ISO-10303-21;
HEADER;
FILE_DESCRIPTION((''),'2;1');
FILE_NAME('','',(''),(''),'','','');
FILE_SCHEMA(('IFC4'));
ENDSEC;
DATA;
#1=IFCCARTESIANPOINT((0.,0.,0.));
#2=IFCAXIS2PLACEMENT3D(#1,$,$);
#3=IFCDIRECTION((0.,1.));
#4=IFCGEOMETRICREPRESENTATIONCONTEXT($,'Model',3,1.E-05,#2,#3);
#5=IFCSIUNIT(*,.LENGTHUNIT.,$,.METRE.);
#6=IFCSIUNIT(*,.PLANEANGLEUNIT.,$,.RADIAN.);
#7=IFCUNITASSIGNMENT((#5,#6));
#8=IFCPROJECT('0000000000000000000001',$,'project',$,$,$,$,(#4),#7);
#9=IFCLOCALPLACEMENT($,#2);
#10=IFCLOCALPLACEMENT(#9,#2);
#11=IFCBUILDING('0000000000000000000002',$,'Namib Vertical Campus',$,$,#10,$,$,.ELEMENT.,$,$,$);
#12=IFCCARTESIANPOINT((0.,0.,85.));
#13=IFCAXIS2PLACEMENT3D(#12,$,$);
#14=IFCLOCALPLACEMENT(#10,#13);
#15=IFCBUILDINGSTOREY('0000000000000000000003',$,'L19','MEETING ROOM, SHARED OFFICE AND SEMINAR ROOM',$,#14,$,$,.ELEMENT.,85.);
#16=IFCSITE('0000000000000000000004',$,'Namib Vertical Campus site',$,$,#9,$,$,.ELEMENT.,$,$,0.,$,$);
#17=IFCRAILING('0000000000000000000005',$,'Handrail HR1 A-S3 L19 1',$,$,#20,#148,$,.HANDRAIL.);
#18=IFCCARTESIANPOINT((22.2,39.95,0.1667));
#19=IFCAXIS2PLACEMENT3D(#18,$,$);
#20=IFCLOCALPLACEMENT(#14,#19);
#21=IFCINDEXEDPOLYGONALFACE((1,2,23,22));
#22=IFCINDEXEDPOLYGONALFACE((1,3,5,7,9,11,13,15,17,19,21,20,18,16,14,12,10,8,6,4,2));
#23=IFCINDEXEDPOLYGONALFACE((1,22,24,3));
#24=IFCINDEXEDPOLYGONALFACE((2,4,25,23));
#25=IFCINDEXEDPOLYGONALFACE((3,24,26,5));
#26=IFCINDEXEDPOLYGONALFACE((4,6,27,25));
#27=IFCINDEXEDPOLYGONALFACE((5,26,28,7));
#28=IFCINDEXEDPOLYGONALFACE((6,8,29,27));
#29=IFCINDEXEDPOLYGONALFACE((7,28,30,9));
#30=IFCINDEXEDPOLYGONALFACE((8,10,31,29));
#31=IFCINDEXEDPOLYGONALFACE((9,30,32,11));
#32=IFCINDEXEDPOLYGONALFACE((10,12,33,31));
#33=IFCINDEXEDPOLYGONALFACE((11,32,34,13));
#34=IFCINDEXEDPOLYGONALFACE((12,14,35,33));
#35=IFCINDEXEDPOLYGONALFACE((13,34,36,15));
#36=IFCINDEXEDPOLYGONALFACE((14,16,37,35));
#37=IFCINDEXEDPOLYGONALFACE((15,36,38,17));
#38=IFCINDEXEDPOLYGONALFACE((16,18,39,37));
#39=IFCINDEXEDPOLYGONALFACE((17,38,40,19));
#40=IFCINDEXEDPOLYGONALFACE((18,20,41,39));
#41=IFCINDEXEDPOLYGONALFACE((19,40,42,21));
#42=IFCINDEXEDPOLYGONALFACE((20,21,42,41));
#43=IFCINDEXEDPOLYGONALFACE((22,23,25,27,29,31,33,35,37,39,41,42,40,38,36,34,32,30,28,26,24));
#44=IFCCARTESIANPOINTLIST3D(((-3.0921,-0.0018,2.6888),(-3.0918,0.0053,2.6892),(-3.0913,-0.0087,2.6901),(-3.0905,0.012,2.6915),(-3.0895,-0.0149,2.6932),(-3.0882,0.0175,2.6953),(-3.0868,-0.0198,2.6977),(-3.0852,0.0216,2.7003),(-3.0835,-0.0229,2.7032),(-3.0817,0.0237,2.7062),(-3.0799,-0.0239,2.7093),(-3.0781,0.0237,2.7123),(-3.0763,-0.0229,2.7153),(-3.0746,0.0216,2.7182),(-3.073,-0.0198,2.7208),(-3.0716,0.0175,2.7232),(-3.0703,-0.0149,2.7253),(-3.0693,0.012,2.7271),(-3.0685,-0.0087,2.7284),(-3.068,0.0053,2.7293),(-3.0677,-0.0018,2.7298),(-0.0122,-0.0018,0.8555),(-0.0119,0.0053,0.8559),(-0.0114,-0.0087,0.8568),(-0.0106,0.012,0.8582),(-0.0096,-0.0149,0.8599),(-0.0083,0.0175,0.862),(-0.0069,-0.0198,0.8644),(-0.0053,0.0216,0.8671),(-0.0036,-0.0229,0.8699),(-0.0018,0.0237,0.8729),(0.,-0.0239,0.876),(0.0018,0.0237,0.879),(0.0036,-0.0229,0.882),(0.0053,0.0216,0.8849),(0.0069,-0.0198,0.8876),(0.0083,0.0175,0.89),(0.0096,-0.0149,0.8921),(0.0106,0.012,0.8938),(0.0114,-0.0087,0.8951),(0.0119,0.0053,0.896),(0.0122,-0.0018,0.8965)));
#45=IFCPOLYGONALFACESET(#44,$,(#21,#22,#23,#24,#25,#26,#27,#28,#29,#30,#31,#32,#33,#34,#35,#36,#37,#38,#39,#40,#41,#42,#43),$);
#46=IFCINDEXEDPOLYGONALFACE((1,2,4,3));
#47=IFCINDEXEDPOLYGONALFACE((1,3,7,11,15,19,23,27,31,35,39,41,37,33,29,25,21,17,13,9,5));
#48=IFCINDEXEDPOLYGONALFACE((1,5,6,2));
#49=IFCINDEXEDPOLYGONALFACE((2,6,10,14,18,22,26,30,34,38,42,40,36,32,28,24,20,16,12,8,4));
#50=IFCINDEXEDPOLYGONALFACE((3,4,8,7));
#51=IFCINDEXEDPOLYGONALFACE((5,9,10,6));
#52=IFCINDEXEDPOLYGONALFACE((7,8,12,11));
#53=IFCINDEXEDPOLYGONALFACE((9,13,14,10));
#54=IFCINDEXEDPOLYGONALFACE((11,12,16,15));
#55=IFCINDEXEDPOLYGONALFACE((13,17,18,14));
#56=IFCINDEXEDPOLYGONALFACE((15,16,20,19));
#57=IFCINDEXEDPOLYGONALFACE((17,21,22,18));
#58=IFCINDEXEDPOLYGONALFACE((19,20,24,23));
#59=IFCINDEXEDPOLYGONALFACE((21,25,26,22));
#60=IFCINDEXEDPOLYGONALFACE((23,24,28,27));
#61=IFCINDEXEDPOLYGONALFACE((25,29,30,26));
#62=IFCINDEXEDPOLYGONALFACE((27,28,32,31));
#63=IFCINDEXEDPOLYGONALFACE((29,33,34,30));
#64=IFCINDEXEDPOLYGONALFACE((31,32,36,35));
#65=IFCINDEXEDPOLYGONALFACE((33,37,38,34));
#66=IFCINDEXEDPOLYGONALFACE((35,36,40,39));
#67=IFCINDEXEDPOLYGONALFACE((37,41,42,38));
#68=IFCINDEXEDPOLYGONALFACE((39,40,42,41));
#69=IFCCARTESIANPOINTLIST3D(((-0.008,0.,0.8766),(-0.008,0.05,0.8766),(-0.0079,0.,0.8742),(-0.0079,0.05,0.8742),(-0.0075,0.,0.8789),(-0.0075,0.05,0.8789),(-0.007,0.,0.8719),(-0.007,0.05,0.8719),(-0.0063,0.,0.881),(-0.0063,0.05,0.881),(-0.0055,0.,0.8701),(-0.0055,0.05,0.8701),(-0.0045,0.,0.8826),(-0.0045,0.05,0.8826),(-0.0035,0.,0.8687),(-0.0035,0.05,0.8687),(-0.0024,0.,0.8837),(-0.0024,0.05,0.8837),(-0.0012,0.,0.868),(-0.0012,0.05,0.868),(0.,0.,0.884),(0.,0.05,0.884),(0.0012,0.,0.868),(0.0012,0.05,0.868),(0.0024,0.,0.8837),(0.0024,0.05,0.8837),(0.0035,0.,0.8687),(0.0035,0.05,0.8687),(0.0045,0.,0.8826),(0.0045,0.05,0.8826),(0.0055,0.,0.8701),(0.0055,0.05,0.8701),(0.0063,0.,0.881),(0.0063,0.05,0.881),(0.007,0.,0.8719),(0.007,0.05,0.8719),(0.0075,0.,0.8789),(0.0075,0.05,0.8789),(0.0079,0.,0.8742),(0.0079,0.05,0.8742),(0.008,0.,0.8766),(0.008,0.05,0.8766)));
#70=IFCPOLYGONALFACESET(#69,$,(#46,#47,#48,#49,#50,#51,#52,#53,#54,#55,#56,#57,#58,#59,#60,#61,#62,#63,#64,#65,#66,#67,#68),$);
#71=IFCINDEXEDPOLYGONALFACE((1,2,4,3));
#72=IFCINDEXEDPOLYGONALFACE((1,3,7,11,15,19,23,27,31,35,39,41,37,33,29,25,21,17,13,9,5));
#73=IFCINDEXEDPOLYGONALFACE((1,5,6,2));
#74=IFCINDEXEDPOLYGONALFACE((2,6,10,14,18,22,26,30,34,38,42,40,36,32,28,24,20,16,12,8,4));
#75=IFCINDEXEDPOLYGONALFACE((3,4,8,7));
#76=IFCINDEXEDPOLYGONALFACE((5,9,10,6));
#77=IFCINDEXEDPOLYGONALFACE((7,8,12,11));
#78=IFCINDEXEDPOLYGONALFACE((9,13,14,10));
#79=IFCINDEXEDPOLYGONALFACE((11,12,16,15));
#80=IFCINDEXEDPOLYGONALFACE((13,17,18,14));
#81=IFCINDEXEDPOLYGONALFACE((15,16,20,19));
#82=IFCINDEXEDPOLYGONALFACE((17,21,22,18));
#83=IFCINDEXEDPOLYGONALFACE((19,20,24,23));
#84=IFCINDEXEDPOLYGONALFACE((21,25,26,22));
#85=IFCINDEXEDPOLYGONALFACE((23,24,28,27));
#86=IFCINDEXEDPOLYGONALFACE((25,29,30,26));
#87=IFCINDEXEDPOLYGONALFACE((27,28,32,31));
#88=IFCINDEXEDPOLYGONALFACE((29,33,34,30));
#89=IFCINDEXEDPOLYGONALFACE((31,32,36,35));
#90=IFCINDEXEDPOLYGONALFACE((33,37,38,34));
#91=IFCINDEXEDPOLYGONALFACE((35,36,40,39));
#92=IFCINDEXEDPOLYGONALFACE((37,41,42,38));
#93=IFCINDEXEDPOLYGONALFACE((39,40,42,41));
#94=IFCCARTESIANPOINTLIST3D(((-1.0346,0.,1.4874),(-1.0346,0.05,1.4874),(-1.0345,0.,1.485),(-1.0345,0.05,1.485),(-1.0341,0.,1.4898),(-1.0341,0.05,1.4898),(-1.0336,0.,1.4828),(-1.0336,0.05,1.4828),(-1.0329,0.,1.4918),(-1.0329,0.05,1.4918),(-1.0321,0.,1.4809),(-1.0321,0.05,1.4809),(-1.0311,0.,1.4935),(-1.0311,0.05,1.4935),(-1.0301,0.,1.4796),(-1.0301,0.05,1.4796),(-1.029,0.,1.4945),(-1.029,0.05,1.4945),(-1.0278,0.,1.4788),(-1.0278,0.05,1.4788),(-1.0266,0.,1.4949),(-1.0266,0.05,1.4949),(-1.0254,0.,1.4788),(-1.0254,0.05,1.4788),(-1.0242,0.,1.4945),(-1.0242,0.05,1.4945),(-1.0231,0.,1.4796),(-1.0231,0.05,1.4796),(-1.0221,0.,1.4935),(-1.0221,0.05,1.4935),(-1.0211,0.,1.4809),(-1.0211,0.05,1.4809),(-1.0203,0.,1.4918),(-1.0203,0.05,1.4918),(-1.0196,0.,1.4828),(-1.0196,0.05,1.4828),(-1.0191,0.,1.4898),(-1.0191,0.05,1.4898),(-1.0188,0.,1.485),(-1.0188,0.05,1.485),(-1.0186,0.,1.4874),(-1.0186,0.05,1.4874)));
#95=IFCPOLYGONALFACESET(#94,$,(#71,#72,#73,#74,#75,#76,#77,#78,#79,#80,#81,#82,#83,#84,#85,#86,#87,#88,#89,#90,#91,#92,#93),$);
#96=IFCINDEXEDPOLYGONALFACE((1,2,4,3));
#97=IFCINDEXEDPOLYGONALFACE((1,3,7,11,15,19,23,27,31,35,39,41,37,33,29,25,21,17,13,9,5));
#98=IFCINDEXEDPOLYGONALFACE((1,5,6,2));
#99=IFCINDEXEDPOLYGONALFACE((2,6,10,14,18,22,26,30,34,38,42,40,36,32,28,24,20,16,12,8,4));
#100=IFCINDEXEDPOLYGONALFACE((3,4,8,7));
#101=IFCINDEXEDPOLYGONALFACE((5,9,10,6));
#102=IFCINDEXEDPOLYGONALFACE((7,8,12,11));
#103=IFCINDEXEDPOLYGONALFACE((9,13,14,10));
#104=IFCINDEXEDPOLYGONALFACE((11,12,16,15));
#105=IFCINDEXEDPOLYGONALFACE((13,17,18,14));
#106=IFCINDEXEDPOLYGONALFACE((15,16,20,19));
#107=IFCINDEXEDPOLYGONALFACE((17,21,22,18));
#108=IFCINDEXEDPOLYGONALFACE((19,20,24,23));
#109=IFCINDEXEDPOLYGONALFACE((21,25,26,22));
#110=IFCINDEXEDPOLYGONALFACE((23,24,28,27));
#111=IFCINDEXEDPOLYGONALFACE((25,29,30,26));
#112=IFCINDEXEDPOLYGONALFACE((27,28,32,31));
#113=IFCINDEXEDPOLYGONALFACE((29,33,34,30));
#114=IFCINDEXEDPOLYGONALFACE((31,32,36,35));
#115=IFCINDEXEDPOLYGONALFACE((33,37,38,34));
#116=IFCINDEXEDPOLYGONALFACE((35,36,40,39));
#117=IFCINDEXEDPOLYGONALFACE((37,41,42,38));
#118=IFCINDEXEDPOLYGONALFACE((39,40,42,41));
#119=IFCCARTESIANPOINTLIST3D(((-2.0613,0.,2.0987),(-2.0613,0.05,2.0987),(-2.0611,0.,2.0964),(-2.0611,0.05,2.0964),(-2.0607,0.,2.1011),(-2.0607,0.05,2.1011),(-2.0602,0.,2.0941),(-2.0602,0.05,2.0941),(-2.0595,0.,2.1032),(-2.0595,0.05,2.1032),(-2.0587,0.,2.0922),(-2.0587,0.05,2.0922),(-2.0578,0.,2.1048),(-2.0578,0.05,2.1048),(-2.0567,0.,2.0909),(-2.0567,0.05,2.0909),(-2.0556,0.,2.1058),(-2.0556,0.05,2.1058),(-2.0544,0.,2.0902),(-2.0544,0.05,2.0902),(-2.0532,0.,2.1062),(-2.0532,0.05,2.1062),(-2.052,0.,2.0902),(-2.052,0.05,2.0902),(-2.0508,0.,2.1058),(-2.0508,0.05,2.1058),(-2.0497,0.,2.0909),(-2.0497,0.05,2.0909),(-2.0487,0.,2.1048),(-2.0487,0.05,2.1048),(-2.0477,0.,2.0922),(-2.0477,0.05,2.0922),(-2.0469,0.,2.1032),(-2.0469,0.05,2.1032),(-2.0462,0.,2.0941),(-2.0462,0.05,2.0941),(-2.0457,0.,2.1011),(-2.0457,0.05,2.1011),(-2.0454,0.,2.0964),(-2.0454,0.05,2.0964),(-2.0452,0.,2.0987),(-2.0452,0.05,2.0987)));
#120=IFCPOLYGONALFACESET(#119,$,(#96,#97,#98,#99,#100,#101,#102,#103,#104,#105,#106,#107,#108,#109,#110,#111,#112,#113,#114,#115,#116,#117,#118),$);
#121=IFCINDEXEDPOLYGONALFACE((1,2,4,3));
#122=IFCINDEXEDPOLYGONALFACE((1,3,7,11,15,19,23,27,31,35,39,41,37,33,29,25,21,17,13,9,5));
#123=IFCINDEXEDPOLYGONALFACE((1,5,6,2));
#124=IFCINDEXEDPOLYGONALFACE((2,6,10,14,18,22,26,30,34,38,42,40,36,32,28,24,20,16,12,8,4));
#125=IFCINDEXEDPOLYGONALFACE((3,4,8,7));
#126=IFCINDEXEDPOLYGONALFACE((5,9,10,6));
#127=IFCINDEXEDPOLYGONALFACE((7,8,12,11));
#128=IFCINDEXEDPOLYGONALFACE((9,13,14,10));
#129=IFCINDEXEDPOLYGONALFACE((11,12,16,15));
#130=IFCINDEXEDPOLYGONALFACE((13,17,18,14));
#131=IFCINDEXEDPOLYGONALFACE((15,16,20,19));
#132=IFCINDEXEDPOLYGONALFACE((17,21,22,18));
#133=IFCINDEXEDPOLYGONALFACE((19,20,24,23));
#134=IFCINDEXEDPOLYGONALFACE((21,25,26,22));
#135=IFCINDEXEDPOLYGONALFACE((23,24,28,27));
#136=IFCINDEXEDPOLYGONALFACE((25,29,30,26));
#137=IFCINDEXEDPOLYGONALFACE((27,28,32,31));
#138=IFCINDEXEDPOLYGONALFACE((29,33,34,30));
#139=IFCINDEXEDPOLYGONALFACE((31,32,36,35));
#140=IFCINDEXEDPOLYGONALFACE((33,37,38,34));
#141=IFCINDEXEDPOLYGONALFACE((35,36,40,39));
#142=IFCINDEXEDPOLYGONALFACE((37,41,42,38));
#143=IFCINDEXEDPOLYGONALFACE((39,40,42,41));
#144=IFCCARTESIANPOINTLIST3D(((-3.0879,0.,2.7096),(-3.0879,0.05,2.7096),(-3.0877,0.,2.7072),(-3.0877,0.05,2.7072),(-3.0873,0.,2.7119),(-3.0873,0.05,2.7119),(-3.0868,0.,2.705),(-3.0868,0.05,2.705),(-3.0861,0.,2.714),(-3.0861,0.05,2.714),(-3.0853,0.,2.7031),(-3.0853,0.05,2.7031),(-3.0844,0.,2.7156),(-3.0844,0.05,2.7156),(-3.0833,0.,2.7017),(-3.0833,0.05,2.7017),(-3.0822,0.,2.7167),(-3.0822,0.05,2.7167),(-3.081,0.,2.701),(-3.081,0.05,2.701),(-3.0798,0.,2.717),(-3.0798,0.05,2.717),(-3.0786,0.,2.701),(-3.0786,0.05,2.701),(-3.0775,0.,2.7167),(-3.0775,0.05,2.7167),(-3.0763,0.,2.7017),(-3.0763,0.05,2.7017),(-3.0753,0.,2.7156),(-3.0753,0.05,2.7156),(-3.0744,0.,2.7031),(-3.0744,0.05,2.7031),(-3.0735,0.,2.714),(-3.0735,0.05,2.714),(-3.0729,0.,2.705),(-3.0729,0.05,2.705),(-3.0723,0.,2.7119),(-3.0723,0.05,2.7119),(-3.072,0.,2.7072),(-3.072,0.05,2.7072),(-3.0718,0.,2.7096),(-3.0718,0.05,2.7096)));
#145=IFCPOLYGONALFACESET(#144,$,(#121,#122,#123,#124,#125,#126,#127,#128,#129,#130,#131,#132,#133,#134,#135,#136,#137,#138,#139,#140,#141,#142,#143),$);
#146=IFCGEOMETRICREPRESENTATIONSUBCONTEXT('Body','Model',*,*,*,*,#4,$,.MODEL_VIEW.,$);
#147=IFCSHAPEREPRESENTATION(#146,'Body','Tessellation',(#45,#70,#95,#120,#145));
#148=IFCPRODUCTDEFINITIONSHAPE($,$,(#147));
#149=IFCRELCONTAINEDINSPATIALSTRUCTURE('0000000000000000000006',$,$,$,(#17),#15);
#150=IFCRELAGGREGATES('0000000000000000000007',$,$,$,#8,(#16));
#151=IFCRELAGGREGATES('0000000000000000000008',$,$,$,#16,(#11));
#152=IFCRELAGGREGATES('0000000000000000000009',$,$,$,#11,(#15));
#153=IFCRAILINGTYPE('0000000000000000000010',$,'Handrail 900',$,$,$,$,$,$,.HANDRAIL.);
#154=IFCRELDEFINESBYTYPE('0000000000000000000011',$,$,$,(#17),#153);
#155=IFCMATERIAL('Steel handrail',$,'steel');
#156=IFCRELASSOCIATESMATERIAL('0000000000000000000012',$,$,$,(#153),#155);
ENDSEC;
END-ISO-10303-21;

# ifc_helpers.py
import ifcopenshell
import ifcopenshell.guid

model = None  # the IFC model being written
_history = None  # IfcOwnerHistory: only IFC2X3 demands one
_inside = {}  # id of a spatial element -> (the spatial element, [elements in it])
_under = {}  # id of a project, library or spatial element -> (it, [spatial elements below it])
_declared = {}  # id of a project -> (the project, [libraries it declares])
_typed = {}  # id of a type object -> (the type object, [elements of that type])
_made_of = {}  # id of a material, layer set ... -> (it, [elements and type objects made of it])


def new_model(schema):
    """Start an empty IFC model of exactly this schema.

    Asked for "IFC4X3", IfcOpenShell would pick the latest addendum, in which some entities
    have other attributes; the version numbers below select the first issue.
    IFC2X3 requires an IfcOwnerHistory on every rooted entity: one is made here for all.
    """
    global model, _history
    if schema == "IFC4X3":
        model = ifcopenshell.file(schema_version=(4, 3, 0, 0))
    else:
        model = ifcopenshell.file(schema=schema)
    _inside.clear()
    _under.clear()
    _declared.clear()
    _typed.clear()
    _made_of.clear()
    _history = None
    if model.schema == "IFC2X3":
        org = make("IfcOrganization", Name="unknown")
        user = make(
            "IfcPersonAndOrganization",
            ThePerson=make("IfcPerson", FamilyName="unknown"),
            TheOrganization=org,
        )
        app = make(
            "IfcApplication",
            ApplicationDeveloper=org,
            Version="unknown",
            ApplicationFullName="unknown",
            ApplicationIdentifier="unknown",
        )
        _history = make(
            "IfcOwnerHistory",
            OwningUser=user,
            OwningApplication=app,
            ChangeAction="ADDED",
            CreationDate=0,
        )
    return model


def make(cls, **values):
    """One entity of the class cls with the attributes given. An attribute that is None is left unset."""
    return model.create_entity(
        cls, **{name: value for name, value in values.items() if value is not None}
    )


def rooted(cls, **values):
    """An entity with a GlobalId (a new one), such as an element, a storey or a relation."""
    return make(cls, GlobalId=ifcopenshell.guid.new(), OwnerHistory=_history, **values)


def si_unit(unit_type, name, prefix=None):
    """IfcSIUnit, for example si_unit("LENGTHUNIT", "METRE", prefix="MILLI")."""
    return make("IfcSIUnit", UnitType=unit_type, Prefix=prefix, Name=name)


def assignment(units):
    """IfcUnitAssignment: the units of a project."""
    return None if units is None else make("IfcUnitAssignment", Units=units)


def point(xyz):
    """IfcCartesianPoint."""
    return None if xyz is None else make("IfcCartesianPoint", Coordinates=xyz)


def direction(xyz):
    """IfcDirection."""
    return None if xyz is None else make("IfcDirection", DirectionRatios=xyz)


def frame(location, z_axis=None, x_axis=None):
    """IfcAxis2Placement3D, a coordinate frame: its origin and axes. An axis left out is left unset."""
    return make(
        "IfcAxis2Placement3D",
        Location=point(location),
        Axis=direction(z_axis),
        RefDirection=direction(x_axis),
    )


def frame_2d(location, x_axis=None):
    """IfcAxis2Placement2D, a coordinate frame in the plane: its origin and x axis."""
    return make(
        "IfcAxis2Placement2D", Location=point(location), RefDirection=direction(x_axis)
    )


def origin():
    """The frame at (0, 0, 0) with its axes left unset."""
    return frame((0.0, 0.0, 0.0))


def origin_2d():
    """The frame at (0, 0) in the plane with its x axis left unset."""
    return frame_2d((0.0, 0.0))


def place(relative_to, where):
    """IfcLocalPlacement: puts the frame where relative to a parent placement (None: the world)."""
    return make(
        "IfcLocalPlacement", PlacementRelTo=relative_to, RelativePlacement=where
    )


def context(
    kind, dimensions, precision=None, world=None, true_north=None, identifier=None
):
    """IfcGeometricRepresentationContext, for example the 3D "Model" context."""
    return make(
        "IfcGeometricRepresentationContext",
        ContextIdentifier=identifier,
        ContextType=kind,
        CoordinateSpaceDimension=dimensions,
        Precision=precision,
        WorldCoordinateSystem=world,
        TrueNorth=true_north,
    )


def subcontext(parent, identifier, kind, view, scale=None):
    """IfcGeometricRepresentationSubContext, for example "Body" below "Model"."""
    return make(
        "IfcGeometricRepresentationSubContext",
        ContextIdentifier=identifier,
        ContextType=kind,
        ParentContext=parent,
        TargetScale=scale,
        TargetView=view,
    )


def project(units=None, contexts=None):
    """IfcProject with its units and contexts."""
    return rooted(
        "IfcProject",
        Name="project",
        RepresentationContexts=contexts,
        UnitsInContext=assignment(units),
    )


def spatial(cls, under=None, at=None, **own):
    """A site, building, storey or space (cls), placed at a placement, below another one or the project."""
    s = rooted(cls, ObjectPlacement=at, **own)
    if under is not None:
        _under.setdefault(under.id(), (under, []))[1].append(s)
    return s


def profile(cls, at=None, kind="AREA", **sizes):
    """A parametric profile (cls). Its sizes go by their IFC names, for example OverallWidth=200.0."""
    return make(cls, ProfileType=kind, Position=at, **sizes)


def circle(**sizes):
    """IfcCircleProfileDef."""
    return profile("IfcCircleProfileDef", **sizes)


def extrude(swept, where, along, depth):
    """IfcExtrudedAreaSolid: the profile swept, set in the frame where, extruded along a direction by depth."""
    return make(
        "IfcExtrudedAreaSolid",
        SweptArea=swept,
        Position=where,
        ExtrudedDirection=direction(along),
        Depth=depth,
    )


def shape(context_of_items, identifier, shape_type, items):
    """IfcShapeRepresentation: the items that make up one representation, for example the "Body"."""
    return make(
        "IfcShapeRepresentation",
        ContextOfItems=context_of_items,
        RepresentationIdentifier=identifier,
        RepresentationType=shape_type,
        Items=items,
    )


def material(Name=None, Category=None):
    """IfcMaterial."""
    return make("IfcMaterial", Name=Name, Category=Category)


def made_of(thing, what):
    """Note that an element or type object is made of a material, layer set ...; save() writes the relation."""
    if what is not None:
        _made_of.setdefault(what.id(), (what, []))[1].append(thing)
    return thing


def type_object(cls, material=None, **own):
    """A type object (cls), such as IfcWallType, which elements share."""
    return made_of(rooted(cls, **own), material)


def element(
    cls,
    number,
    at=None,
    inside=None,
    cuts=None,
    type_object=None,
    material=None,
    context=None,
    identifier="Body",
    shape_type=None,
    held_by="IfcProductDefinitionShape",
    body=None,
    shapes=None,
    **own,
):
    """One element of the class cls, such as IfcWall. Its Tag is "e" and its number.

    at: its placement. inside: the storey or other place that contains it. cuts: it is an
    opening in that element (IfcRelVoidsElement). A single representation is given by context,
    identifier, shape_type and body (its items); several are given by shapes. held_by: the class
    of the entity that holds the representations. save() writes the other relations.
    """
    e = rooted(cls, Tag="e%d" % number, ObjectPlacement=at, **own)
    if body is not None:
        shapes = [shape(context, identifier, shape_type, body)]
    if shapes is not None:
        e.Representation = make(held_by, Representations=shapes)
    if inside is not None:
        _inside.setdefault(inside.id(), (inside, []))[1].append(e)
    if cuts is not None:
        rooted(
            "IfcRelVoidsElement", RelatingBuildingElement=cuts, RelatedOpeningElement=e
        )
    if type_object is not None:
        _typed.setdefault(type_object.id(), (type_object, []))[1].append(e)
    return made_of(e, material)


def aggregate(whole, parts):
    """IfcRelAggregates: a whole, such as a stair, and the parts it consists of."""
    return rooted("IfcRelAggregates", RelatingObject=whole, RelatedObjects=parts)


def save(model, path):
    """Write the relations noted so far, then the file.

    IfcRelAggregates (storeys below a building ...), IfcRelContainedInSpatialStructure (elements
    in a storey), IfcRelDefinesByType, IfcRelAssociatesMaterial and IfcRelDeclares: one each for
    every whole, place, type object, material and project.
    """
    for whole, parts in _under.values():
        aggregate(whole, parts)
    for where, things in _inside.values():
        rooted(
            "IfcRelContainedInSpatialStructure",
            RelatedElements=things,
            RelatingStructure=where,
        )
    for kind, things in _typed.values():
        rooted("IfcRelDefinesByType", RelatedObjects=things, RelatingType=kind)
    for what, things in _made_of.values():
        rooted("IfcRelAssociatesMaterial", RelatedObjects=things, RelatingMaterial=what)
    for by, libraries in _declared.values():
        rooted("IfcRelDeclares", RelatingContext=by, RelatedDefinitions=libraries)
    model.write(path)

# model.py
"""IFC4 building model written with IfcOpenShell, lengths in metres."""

from ifc_helpers import new_model, si_unit, direction, frame, origin, origin_2d, place, context, subcontext, project, spatial, circle, extrude, material, type_object, element, save


model = new_model("IFC4")

# Units and contexts
model_context = context("Model", 3, precision=1e-05, world=origin(), true_north=direction((0.0, 1.0)))
body_context = subcontext(model_context, "Body", "Model", "MODEL_VIEW")
ifc_project = project(units=[si_unit("LENGTHUNIT", "METRE"), si_unit("PLANEANGLEUNIT", "RADIAN")], contexts=[model_context])

# Site, building, storey
site_placement = place(None, origin())
site = spatial("IfcSite", under=ifc_project, at=site_placement, Name="Namib Vertical Campus site", CompositionType="ELEMENT", RefElevation=0.0)
building_placement = place(site_placement, origin())
building = spatial("IfcBuilding", under=site, at=building_placement, Name="Namib Vertical Campus", CompositionType="ELEMENT")
storey_placement = place(building_placement, frame((0.0, 0.0, 85.0)))
storey = spatial("IfcBuildingStorey", under=building, at=storey_placement, Name="L19", Description="MEETING ROOM, SHARED OFFICE AND SEMINAR ROOM", CompositionType="ELEMENT", Elevation=85.0)

# Railing
ifc_material_1 = material(Name="Steel handrail", Category="steel")
railing_type_1 = type_object("IfcRailingType", Name="Handrail 900", PredefinedType="HANDRAIL", material=ifc_material_1)
railing_1_placement = place(storey_placement, frame((22.2, 39.95, 0.1667)))
element("IfcRailing", 1, at=railing_1_placement, inside=storey, type_object=railing_type_1, Name="Handrail HR1 A-S3 L19 1", PredefinedType="HANDRAIL", context=body_context, shape_type="SweptSolid", body=[
    extrude(circle(Radius=0.0239, at=origin_2d()), frame((0.0, 0.0, 0.876), z_axis=(-0.859291, 0.0, 0.511487), x_axis=(0.0, -1.0, 0.0)), (0.0, 0.0, 1.0), 3.5842),
    extrude(circle(Radius=0.0081, at=origin_2d()), frame((0.0, 0.0, 0.876), z_axis=(0.0, 1.0, 0.0), x_axis=(0.0, 0.0, 1.0)), (0.0, 0.0, 1.0), 0.05),
    extrude(circle(Radius=0.0081, at=origin_2d()), frame((-1.0266, 0.0, 1.4868), z_axis=(0.0, 1.0, 0.0), x_axis=(0.0, 0.0, 1.0)), (0.0, 0.0, 1.0), 0.05),
    extrude(circle(Radius=0.0081, at=origin_2d()), frame((-2.0532, 0.0, 2.0981), z_axis=(0.0, 1.0, 0.0), x_axis=(0.0, 0.0, 1.0)), (0.0, 0.0, 1.0), 0.05),
    extrude(circle(Radius=0.0081, at=origin_2d()), frame((-3.0798, 0.0, 2.709), z_axis=(0.0, 1.0, 0.0), x_axis=(0.0, 0.0, 1.0)), (0.0, 0.0, 1.0), 0.05),
])

save(model, "model.ifc")
